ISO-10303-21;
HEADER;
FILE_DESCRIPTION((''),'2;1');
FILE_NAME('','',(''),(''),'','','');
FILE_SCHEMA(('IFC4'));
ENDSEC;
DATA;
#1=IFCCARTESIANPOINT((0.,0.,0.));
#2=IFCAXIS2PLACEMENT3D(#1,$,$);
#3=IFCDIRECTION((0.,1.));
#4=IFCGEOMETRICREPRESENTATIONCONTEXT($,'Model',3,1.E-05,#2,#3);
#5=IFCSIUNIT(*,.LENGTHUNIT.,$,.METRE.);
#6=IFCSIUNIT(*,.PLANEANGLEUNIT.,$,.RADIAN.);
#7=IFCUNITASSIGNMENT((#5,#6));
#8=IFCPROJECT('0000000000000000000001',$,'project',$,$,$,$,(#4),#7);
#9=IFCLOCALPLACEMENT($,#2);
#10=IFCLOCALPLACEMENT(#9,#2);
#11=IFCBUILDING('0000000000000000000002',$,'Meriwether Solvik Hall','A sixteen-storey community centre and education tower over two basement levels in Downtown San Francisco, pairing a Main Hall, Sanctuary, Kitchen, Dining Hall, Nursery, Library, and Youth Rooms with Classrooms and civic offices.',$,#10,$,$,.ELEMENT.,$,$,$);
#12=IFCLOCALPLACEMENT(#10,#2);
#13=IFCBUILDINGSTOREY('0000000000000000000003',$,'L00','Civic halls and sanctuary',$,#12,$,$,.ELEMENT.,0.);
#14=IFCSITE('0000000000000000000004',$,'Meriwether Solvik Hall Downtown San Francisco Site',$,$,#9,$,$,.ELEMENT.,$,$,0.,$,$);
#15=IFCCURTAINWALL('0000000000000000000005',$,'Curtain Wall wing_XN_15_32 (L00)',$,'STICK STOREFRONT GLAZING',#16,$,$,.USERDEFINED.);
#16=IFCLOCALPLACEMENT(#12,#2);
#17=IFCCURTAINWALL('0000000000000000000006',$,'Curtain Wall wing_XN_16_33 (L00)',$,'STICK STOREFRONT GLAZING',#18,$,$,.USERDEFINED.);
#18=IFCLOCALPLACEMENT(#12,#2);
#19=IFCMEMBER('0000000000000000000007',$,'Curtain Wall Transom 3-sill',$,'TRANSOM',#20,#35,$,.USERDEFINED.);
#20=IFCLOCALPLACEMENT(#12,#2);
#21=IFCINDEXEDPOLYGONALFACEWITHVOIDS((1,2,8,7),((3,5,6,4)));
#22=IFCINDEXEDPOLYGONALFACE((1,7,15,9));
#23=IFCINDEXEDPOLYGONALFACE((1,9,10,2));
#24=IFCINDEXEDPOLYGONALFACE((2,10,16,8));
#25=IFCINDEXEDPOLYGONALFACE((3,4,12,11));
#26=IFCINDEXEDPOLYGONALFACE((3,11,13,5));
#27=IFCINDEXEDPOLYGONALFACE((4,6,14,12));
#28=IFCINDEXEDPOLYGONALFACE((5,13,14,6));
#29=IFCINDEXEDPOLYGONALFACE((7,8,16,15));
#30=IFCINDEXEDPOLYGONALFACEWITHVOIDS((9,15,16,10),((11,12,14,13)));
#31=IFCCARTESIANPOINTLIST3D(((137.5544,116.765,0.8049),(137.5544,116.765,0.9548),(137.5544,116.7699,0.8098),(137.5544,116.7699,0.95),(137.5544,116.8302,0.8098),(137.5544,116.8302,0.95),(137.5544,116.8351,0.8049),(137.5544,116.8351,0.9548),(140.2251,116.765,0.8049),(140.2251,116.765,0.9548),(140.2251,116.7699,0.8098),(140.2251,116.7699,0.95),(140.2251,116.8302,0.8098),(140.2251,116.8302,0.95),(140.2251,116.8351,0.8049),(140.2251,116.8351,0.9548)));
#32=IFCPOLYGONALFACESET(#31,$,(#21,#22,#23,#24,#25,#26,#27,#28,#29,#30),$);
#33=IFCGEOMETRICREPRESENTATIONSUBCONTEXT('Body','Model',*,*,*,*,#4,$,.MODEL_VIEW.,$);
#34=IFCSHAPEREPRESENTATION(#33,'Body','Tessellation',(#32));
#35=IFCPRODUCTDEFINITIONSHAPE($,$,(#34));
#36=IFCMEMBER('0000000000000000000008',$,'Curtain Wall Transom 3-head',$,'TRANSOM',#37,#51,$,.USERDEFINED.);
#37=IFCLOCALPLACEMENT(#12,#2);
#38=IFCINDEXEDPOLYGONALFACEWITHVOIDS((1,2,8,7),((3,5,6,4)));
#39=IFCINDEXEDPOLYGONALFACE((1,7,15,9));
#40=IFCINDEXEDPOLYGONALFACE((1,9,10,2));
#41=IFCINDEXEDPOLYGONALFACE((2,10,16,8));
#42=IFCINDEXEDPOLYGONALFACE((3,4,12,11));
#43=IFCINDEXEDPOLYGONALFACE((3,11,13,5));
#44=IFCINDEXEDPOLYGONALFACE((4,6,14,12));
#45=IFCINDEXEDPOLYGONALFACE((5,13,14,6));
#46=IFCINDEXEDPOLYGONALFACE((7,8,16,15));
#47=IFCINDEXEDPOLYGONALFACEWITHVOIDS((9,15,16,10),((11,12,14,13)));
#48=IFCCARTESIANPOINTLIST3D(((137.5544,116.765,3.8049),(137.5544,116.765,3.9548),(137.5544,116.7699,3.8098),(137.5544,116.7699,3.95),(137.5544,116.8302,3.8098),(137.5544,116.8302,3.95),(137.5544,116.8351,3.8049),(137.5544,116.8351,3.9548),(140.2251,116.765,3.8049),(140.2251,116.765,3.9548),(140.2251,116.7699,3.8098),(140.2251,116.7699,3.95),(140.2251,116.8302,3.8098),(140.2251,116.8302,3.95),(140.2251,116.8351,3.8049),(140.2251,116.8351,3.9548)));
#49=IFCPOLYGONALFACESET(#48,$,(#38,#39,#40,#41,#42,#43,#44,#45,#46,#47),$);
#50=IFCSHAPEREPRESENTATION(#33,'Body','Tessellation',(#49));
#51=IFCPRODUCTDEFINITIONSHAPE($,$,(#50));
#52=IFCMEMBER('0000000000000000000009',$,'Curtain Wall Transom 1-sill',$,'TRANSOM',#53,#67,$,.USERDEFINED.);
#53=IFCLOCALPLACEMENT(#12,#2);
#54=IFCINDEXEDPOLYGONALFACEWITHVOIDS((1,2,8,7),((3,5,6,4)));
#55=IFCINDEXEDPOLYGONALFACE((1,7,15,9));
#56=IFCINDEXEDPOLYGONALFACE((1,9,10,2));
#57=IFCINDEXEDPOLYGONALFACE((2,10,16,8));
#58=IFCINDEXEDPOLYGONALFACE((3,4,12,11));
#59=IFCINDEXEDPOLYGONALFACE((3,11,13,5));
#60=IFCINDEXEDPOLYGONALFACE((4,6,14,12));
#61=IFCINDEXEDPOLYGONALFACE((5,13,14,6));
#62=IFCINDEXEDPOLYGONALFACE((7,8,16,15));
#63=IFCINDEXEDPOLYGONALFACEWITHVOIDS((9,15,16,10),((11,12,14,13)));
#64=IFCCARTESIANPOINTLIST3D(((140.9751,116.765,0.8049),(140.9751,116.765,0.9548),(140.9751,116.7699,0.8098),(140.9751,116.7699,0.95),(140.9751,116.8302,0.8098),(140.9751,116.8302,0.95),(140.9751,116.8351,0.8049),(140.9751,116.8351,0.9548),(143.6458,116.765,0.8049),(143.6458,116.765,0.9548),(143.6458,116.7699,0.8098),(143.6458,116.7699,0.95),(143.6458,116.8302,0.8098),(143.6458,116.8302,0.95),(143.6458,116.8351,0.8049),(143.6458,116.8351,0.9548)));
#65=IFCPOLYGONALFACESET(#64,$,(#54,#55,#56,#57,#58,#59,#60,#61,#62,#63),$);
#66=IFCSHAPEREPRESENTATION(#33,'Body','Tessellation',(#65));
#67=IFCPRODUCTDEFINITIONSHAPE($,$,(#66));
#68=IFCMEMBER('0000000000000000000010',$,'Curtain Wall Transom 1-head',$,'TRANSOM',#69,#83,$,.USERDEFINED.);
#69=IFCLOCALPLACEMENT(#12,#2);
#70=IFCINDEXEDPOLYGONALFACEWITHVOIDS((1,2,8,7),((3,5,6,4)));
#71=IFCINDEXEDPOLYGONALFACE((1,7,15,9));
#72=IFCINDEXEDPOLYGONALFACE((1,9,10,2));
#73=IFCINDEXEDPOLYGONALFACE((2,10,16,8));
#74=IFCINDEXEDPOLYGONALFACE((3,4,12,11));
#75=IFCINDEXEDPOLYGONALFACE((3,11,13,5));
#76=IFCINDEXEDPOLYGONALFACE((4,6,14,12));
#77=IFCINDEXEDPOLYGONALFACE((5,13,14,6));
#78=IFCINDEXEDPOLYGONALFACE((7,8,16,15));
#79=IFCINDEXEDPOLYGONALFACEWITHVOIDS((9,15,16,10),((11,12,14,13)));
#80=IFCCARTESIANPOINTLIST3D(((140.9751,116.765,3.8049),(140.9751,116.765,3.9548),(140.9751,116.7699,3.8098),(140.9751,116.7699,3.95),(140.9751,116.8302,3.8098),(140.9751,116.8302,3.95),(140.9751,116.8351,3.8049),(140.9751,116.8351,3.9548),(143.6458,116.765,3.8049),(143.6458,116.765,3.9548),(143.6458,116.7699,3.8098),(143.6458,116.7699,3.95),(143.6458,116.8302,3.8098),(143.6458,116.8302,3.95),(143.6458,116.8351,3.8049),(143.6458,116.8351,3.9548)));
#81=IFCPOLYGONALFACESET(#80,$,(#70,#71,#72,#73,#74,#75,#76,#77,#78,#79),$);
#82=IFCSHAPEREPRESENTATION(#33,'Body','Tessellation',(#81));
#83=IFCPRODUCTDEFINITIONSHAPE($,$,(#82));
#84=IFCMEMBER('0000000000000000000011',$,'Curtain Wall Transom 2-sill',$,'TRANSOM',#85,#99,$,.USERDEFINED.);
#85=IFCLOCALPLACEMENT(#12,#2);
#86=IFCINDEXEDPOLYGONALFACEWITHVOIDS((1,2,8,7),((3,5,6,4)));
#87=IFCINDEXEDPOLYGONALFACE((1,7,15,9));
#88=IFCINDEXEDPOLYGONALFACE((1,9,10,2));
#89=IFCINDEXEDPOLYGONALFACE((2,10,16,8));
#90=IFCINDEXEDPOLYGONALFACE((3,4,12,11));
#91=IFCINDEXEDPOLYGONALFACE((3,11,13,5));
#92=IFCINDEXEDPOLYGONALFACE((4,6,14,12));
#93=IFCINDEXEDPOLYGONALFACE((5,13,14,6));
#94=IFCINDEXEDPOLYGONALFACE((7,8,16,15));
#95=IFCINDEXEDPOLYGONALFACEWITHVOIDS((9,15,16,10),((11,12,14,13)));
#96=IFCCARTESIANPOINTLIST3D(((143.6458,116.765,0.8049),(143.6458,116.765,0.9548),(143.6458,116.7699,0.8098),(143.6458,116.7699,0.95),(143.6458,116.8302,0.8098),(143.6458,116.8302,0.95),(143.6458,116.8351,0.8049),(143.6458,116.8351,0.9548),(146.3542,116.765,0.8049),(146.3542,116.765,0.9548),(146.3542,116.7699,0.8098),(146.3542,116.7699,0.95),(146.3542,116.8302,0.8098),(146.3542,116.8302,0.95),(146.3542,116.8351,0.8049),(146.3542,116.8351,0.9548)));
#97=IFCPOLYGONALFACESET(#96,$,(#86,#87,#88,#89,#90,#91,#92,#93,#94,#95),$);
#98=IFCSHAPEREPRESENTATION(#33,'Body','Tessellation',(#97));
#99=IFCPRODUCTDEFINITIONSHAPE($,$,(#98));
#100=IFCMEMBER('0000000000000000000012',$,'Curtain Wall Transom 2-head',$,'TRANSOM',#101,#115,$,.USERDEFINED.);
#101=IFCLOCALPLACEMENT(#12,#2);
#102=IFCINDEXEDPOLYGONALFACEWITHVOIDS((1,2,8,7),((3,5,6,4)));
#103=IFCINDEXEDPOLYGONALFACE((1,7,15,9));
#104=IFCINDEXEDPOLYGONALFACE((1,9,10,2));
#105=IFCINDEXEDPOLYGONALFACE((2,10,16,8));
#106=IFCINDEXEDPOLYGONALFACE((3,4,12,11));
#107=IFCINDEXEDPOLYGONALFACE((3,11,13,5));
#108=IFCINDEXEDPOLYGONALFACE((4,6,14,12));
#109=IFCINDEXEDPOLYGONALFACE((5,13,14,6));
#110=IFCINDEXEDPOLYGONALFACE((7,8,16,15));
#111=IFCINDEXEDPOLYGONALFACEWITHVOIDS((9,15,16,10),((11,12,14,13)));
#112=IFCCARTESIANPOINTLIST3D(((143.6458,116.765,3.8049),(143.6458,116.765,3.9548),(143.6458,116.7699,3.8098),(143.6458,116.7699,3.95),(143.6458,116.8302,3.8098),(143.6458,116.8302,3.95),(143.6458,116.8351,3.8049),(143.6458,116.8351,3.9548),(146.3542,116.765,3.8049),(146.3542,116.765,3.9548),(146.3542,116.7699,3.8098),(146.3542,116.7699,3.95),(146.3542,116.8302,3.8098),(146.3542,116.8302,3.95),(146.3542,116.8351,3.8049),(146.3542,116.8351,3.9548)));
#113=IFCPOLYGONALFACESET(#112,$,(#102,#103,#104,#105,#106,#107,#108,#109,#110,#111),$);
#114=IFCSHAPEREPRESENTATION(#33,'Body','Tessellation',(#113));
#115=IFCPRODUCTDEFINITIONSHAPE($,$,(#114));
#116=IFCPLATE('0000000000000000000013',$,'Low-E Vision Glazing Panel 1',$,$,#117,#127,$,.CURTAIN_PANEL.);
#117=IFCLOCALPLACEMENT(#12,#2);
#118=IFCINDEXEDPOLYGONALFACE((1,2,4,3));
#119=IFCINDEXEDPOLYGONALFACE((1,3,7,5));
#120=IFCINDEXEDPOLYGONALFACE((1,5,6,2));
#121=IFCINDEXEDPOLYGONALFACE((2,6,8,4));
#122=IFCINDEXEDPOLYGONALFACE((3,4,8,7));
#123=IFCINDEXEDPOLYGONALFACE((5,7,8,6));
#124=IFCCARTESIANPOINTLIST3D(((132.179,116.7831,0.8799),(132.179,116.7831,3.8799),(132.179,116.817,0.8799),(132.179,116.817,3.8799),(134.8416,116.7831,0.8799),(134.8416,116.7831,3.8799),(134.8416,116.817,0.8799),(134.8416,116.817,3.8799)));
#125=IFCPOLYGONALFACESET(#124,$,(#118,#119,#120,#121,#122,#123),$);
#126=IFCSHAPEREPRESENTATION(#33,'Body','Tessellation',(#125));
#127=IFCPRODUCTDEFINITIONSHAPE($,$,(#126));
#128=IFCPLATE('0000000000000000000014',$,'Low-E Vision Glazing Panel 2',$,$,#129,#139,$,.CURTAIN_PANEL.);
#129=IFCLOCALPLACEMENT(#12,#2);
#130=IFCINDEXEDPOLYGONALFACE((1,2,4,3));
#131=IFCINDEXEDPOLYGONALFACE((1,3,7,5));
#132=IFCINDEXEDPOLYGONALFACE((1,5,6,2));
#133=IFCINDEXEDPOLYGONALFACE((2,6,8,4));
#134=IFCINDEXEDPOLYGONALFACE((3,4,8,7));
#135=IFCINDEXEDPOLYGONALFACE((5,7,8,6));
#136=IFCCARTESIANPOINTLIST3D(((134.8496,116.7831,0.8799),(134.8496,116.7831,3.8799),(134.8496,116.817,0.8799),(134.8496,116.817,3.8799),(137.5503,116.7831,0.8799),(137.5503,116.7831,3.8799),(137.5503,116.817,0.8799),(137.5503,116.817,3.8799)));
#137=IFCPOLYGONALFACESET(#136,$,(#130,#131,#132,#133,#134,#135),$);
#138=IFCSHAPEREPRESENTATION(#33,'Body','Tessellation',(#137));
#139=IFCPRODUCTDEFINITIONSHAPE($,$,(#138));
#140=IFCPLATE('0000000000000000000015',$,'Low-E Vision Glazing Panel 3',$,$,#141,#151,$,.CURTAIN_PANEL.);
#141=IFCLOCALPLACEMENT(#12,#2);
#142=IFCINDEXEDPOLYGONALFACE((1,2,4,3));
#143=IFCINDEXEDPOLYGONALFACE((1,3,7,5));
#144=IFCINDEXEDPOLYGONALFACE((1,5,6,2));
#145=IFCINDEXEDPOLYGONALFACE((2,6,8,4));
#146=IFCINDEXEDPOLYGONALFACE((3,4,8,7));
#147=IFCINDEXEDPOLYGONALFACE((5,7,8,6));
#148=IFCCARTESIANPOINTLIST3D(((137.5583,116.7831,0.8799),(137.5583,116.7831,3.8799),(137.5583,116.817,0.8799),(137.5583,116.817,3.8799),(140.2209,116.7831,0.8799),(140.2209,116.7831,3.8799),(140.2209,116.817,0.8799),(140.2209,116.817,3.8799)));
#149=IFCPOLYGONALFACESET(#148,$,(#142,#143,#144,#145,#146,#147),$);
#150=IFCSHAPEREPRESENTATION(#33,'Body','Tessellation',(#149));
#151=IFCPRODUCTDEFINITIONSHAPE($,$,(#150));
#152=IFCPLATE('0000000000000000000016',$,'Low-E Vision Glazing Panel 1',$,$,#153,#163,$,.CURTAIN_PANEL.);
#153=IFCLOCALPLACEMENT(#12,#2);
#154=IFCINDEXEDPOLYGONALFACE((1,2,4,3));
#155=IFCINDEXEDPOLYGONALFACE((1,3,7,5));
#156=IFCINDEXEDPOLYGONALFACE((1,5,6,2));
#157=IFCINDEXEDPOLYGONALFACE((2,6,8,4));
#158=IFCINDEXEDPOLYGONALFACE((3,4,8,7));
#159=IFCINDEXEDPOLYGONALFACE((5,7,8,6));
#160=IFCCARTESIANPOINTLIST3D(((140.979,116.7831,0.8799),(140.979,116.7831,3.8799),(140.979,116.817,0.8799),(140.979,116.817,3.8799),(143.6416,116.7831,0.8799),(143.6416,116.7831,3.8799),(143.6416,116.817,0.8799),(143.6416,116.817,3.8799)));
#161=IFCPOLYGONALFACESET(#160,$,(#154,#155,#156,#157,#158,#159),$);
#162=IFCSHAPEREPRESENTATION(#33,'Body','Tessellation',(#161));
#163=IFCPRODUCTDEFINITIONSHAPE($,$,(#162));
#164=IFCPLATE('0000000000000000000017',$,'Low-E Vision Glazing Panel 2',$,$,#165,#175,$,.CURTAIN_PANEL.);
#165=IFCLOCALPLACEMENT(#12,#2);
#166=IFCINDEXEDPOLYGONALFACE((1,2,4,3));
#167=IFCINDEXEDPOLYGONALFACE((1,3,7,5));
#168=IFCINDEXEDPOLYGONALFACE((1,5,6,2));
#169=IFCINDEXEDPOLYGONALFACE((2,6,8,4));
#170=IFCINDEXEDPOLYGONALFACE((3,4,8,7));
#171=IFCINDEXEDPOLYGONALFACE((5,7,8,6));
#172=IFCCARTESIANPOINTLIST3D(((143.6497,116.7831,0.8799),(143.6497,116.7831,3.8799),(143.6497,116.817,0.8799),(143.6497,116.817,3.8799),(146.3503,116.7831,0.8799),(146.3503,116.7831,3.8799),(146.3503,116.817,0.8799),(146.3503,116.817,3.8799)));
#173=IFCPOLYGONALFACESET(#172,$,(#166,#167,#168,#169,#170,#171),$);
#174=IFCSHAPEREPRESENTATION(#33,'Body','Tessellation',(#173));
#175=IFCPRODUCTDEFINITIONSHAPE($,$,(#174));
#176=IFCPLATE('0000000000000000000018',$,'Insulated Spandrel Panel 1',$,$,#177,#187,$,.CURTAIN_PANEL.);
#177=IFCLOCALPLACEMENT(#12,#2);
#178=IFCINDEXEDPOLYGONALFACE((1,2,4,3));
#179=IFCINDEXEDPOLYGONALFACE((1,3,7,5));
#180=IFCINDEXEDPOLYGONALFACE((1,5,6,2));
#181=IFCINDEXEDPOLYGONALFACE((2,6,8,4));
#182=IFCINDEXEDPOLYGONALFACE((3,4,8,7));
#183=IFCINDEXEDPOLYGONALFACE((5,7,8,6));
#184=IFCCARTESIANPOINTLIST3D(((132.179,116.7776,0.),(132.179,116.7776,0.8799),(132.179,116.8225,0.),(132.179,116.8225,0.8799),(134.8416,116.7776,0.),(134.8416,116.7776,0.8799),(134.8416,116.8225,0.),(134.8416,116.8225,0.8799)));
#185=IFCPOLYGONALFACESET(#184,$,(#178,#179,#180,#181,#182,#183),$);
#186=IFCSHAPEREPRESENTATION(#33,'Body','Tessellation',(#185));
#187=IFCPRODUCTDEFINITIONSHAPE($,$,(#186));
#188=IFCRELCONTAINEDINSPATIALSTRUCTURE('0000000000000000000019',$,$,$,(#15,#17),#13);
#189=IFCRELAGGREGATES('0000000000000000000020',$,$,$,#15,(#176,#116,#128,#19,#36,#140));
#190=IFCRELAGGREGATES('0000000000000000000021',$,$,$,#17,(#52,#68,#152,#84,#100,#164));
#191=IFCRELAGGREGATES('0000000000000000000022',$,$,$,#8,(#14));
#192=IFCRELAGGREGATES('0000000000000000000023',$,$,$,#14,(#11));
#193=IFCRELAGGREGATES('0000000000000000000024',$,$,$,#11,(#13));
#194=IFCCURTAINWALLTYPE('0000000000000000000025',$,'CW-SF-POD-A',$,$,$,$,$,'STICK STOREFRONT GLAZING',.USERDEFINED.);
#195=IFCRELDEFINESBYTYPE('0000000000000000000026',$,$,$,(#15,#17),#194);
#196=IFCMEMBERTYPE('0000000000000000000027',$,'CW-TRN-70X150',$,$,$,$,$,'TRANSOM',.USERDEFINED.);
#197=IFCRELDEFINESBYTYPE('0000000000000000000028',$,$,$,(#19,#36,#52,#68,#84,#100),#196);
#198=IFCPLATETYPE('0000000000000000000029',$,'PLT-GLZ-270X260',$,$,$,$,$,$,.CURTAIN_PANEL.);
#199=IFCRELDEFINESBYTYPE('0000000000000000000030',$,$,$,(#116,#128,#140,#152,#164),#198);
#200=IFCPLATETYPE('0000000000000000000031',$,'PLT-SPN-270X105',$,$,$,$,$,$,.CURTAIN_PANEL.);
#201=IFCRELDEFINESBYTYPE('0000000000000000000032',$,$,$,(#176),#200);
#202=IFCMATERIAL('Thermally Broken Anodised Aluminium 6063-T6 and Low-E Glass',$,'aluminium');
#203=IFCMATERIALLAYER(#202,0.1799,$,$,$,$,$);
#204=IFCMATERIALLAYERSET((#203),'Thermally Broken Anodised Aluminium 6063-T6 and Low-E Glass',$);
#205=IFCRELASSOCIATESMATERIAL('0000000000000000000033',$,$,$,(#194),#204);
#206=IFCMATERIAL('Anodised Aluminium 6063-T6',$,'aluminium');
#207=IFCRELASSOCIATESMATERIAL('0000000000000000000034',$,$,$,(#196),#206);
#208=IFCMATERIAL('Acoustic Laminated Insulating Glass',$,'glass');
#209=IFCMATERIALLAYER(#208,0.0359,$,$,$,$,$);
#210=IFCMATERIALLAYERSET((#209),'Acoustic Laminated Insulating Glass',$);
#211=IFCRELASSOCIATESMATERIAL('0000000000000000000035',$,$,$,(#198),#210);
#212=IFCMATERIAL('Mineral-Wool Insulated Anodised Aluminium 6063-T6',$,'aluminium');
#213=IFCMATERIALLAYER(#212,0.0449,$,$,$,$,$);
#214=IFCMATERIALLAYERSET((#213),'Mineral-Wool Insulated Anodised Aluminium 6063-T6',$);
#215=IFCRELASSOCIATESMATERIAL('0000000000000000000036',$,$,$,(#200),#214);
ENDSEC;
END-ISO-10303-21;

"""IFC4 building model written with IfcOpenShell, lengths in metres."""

from ifc_helpers import new_model, si_unit, direction, frame, origin, origin_2d, place, context, subcontext, project, spatial, rectangle, hollow_rectangle, extrude, material, layer, layer_set, material_profile, profile_set, type_object, element, aggregate, save


model = new_model("IFC4")

# Units and contexts
model_context = context("Model", 3, precision=1e-05, world=origin(), true_north=direction((0.0, 1.0)))
body_context = subcontext(model_context, "Body", "Model", "MODEL_VIEW")
ifc_project = project(units=[si_unit("LENGTHUNIT", "METRE"), si_unit("PLANEANGLEUNIT", "RADIAN")], contexts=[model_context])

# Site, building, storey
site_placement = place(None, origin())
site = spatial("IfcSite", under=ifc_project, at=site_placement, Name="Meriwether Solvik Hall Downtown San Francisco Site", CompositionType="ELEMENT", RefElevation=0.0)
building_placement = place(site_placement, origin())
building = spatial("IfcBuilding", under=site, at=building_placement, Name="Meriwether Solvik Hall", Description="A sixteen-storey community centre and education tower over two basement levels in Downtown San Francisco, pairing a Main Hall, Sanctuary, Kitchen, Dining Hall, Nursery, Library, and Youth Rooms with Classrooms and civic offices.", CompositionType="ELEMENT")
storey_placement = place(building_placement, origin())
storey = spatial("IfcBuildingStorey", under=building, at=storey_placement, Name="L00", Description="Civic halls and sanctuary", CompositionType="ELEMENT", Elevation=0.0)

# Curtain walls
ifc_material_1 = material(Name="Thermally Broken Anodised Aluminium 6063-T6 and Low-E Glass", Category="aluminium")
ifc_layer_1 = layer(ifc_material_1, 0.1799)
ifc_layer_set_1 = layer_set([ifc_layer_1], Name="Thermally Broken Anodised Aluminium 6063-T6 and Low-E Glass")
curtain_wall_type = type_object("IfcCurtainWallType", Name="CW-SF-POD-A", ElementType="STICK STOREFRONT GLAZING", PredefinedType="USERDEFINED", material=ifc_layer_set_1)
curtain_wall_1_placement = place(storey_placement, origin())
curtain_wall_1 = element("IfcCurtainWall", 1, at=curtain_wall_1_placement, inside=storey, type_object=curtain_wall_type, Name="Curtain Wall wing_XN_15_32 (L00)", ObjectType="STICK STOREFRONT GLAZING", PredefinedType="USERDEFINED")
curtain_wall_2_placement = place(storey_placement, origin())
curtain_wall_2 = element("IfcCurtainWall", 2, at=curtain_wall_2_placement, inside=storey, type_object=curtain_wall_type, Name="Curtain Wall wing_XN_16_33 (L00)", ObjectType="STICK STOREFRONT GLAZING", PredefinedType="USERDEFINED")

# Members
ifc_material_2 = material(Name="Anodised Aluminium 6063-T6", Category="aluminium")
ifc_material_profile_1 = material_profile(ifc_material_2, hollow_rectangle(XDim=0.0701, YDim=0.1499, WallThickness=0.0049, at=origin_2d()), Name="CWT-70X150")
ifc_profile_set_1 = profile_set([ifc_material_profile_1], Name="Anodised Aluminium 6063-T6")
member_type_1 = type_object("IfcMemberType", Name="CW-TRN-70X150", ElementType="TRANSOM", PredefinedType="USERDEFINED", material=ifc_profile_set_1)
member_1_placement = place(storey_placement, frame((137.5544, 116.8, 0.8799), z_axis=(1.0, 0.0, 0.0), x_axis=(0.0, 1.0, 0.0)))
member_1 = element("IfcMember", 3, at=member_1_placement, type_object=member_type_1, Name="Curtain Wall Transom 3-sill", ObjectType="TRANSOM", PredefinedType="USERDEFINED", context=body_context, shape_type="SweptSolid", body=[
    extrude(hollow_rectangle(XDim=0.0701, YDim=0.1499, WallThickness=0.0049, at=origin_2d()), origin(), (0.0, 0.0, 1.0), 2.6707),
])
member_2_placement = place(storey_placement, frame((137.5544, 116.8, 3.8799), z_axis=(1.0, 0.0, 0.0), x_axis=(0.0, 1.0, 0.0)))
member_2 = element("IfcMember", 4, at=member_2_placement, type_object=member_type_1, Name="Curtain Wall Transom 3-head", ObjectType="TRANSOM", PredefinedType="USERDEFINED", context=body_context, shape_type="SweptSolid", body=[
    extrude(hollow_rectangle(XDim=0.0701, YDim=0.1499, WallThickness=0.0049, at=origin_2d()), origin(), (0.0, 0.0, 1.0), 2.6707),
])
member_3_placement = place(storey_placement, frame((140.9751, 116.8, 0.8799), z_axis=(1.0, 0.0, 0.0), x_axis=(0.0, 1.0, 0.0)))
member_3 = element("IfcMember", 5, at=member_3_placement, type_object=member_type_1, Name="Curtain Wall Transom 1-sill", ObjectType="TRANSOM", PredefinedType="USERDEFINED", context=body_context, shape_type="SweptSolid", body=[
    extrude(hollow_rectangle(XDim=0.0701, YDim=0.1499, WallThickness=0.0049, at=origin_2d()), origin(), (0.0, 0.0, 1.0), 2.6707),
])
member_4_placement = place(storey_placement, frame((140.9751, 116.8, 3.8799), z_axis=(1.0, 0.0, 0.0), x_axis=(0.0, 1.0, 0.0)))
member_4 = element("IfcMember", 6, at=member_4_placement, type_object=member_type_1, Name="Curtain Wall Transom 1-head", ObjectType="TRANSOM", PredefinedType="USERDEFINED", context=body_context, shape_type="SweptSolid", body=[
    extrude(hollow_rectangle(XDim=0.0701, YDim=0.1499, WallThickness=0.0049, at=origin_2d()), origin(), (0.0, 0.0, 1.0), 2.6707),
])
member_5_placement = place(storey_placement, frame((143.6458, 116.8, 0.8799), z_axis=(1.0, 0.0, 0.0), x_axis=(0.0, 1.0, 0.0)))
member_5 = element("IfcMember", 7, at=member_5_placement, type_object=member_type_1, Name="Curtain Wall Transom 2-sill", ObjectType="TRANSOM", PredefinedType="USERDEFINED", context=body_context, shape_type="SweptSolid", body=[
    extrude(hollow_rectangle(XDim=0.0701, YDim=0.1499, WallThickness=0.0049, at=origin_2d()), origin(), (0.0, 0.0, 1.0), 2.7085),
])
member_6_placement = place(storey_placement, frame((143.6458, 116.8, 3.8799), z_axis=(1.0, 0.0, 0.0), x_axis=(0.0, 1.0, 0.0)))
member_6 = element("IfcMember", 8, at=member_6_placement, type_object=member_type_1, Name="Curtain Wall Transom 2-head", ObjectType="TRANSOM", PredefinedType="USERDEFINED", context=body_context, shape_type="SweptSolid", body=[
    extrude(hollow_rectangle(XDim=0.0701, YDim=0.1499, WallThickness=0.0049, at=origin_2d()), origin(), (0.0, 0.0, 1.0), 2.7085),
])

# Plates
ifc_material_3 = material(Name="Acoustic Laminated Insulating Glass", Category="glass")
ifc_layer_2 = layer(ifc_material_3, 0.0359)
ifc_layer_set_2 = layer_set([ifc_layer_2], Name="Acoustic Laminated Insulating Glass")
plate_type_1 = type_object("IfcPlateType", Name="PLT-GLZ-270X260", PredefinedType="CURTAIN_PANEL", material=ifc_layer_set_2)
plate_1_placement = place(storey_placement, frame((133.5103, 116.8, 0.8799), z_axis=(0.0, 0.0, 1.0), x_axis=(1.0, 0.0, 0.0)))
plate_1 = element("IfcPlate", 9, at=plate_1_placement, type_object=plate_type_1, Name="Low-E Vision Glazing Panel 1", PredefinedType="CURTAIN_PANEL", context=body_context, shape_type="SweptSolid", body=[
    extrude(rectangle(XDim=2.6626, YDim=0.0339, at=origin_2d()), origin(), (0.0, 0.0, 1.0), 3.0),
])
plate_2_placement = place(storey_placement, frame((136.2, 116.8, 0.8799), z_axis=(0.0, 0.0, 1.0), x_axis=(1.0, 0.0, 0.0)))
plate_2 = element("IfcPlate", 10, at=plate_2_placement, type_object=plate_type_1, Name="Low-E Vision Glazing Panel 2", PredefinedType="CURTAIN_PANEL", context=body_context, shape_type="SweptSolid", body=[
    extrude(rectangle(XDim=2.7007, YDim=0.0339, at=origin_2d()), origin(), (0.0, 0.0, 1.0), 3.0),
])
plate_3_placement = place(storey_placement, frame((138.8896, 116.8, 0.8799), z_axis=(0.0, 0.0, 1.0), x_axis=(1.0, 0.0, 0.0)))
plate_3 = element("IfcPlate", 11, at=plate_3_placement, type_object=plate_type_1, Name="Low-E Vision Glazing Panel 3", PredefinedType="CURTAIN_PANEL", context=body_context, shape_type="SweptSolid", body=[
    extrude(rectangle(XDim=2.6626, YDim=0.0339, at=origin_2d()), origin(), (0.0, 0.0, 1.0), 3.0),
])
plate_4_placement = place(storey_placement, frame((142.3103, 116.8, 0.8799), z_axis=(0.0, 0.0, 1.0), x_axis=(1.0, 0.0, 0.0)))
plate_4 = element("IfcPlate", 12, at=plate_4_placement, type_object=plate_type_1, Name="Low-E Vision Glazing Panel 1", PredefinedType="CURTAIN_PANEL", context=body_context, shape_type="SweptSolid", body=[
    extrude(rectangle(XDim=2.6626, YDim=0.0339, at=origin_2d()), origin(), (0.0, 0.0, 1.0), 3.0),
])
plate_5_placement = place(storey_placement, frame((145.0, 116.8, 0.8799), z_axis=(0.0, 0.0, 1.0), x_axis=(1.0, 0.0, 0.0)))
plate_5 = element("IfcPlate", 13, at=plate_5_placement, type_object=plate_type_1, Name="Low-E Vision Glazing Panel 2", PredefinedType="CURTAIN_PANEL", context=body_context, shape_type="SweptSolid", body=[
    extrude(rectangle(XDim=2.7007, YDim=0.0339, at=origin_2d()), origin(), (0.0, 0.0, 1.0), 3.0),
])
ifc_material_4 = material(Name="Mineral-Wool Insulated Anodised Aluminium 6063-T6", Category="aluminium")
ifc_layer_3 = layer(ifc_material_4, 0.0449)
ifc_layer_set_3 = layer_set([ifc_layer_3], Name="Mineral-Wool Insulated Anodised Aluminium 6063-T6")
plate_type_2 = type_object("IfcPlateType", Name="PLT-SPN-270X105", PredefinedType="CURTAIN_PANEL", material=ifc_layer_set_3)
plate_6_placement = place(storey_placement, frame((133.5103, 116.8, 0.0), z_axis=(0.0, 0.0, 1.0), x_axis=(1.0, 0.0, 0.0)))
plate_6 = element("IfcPlate", 14, at=plate_6_placement, type_object=plate_type_2, Name="Insulated Spandrel Panel 1", PredefinedType="CURTAIN_PANEL", context=body_context, shape_type="SweptSolid", body=[
    extrude(rectangle(XDim=2.6626, YDim=0.0449, at=origin_2d()), origin(), (0.0, 0.0, 1.0), 0.8799),
])
aggregate(curtain_wall_1, [plate_6, plate_1, plate_2, member_1, member_2, plate_3])
aggregate(curtain_wall_2, [member_3, member_4, plate_4, member_5, member_6, plate_5])

save(model, "model.ifc")
